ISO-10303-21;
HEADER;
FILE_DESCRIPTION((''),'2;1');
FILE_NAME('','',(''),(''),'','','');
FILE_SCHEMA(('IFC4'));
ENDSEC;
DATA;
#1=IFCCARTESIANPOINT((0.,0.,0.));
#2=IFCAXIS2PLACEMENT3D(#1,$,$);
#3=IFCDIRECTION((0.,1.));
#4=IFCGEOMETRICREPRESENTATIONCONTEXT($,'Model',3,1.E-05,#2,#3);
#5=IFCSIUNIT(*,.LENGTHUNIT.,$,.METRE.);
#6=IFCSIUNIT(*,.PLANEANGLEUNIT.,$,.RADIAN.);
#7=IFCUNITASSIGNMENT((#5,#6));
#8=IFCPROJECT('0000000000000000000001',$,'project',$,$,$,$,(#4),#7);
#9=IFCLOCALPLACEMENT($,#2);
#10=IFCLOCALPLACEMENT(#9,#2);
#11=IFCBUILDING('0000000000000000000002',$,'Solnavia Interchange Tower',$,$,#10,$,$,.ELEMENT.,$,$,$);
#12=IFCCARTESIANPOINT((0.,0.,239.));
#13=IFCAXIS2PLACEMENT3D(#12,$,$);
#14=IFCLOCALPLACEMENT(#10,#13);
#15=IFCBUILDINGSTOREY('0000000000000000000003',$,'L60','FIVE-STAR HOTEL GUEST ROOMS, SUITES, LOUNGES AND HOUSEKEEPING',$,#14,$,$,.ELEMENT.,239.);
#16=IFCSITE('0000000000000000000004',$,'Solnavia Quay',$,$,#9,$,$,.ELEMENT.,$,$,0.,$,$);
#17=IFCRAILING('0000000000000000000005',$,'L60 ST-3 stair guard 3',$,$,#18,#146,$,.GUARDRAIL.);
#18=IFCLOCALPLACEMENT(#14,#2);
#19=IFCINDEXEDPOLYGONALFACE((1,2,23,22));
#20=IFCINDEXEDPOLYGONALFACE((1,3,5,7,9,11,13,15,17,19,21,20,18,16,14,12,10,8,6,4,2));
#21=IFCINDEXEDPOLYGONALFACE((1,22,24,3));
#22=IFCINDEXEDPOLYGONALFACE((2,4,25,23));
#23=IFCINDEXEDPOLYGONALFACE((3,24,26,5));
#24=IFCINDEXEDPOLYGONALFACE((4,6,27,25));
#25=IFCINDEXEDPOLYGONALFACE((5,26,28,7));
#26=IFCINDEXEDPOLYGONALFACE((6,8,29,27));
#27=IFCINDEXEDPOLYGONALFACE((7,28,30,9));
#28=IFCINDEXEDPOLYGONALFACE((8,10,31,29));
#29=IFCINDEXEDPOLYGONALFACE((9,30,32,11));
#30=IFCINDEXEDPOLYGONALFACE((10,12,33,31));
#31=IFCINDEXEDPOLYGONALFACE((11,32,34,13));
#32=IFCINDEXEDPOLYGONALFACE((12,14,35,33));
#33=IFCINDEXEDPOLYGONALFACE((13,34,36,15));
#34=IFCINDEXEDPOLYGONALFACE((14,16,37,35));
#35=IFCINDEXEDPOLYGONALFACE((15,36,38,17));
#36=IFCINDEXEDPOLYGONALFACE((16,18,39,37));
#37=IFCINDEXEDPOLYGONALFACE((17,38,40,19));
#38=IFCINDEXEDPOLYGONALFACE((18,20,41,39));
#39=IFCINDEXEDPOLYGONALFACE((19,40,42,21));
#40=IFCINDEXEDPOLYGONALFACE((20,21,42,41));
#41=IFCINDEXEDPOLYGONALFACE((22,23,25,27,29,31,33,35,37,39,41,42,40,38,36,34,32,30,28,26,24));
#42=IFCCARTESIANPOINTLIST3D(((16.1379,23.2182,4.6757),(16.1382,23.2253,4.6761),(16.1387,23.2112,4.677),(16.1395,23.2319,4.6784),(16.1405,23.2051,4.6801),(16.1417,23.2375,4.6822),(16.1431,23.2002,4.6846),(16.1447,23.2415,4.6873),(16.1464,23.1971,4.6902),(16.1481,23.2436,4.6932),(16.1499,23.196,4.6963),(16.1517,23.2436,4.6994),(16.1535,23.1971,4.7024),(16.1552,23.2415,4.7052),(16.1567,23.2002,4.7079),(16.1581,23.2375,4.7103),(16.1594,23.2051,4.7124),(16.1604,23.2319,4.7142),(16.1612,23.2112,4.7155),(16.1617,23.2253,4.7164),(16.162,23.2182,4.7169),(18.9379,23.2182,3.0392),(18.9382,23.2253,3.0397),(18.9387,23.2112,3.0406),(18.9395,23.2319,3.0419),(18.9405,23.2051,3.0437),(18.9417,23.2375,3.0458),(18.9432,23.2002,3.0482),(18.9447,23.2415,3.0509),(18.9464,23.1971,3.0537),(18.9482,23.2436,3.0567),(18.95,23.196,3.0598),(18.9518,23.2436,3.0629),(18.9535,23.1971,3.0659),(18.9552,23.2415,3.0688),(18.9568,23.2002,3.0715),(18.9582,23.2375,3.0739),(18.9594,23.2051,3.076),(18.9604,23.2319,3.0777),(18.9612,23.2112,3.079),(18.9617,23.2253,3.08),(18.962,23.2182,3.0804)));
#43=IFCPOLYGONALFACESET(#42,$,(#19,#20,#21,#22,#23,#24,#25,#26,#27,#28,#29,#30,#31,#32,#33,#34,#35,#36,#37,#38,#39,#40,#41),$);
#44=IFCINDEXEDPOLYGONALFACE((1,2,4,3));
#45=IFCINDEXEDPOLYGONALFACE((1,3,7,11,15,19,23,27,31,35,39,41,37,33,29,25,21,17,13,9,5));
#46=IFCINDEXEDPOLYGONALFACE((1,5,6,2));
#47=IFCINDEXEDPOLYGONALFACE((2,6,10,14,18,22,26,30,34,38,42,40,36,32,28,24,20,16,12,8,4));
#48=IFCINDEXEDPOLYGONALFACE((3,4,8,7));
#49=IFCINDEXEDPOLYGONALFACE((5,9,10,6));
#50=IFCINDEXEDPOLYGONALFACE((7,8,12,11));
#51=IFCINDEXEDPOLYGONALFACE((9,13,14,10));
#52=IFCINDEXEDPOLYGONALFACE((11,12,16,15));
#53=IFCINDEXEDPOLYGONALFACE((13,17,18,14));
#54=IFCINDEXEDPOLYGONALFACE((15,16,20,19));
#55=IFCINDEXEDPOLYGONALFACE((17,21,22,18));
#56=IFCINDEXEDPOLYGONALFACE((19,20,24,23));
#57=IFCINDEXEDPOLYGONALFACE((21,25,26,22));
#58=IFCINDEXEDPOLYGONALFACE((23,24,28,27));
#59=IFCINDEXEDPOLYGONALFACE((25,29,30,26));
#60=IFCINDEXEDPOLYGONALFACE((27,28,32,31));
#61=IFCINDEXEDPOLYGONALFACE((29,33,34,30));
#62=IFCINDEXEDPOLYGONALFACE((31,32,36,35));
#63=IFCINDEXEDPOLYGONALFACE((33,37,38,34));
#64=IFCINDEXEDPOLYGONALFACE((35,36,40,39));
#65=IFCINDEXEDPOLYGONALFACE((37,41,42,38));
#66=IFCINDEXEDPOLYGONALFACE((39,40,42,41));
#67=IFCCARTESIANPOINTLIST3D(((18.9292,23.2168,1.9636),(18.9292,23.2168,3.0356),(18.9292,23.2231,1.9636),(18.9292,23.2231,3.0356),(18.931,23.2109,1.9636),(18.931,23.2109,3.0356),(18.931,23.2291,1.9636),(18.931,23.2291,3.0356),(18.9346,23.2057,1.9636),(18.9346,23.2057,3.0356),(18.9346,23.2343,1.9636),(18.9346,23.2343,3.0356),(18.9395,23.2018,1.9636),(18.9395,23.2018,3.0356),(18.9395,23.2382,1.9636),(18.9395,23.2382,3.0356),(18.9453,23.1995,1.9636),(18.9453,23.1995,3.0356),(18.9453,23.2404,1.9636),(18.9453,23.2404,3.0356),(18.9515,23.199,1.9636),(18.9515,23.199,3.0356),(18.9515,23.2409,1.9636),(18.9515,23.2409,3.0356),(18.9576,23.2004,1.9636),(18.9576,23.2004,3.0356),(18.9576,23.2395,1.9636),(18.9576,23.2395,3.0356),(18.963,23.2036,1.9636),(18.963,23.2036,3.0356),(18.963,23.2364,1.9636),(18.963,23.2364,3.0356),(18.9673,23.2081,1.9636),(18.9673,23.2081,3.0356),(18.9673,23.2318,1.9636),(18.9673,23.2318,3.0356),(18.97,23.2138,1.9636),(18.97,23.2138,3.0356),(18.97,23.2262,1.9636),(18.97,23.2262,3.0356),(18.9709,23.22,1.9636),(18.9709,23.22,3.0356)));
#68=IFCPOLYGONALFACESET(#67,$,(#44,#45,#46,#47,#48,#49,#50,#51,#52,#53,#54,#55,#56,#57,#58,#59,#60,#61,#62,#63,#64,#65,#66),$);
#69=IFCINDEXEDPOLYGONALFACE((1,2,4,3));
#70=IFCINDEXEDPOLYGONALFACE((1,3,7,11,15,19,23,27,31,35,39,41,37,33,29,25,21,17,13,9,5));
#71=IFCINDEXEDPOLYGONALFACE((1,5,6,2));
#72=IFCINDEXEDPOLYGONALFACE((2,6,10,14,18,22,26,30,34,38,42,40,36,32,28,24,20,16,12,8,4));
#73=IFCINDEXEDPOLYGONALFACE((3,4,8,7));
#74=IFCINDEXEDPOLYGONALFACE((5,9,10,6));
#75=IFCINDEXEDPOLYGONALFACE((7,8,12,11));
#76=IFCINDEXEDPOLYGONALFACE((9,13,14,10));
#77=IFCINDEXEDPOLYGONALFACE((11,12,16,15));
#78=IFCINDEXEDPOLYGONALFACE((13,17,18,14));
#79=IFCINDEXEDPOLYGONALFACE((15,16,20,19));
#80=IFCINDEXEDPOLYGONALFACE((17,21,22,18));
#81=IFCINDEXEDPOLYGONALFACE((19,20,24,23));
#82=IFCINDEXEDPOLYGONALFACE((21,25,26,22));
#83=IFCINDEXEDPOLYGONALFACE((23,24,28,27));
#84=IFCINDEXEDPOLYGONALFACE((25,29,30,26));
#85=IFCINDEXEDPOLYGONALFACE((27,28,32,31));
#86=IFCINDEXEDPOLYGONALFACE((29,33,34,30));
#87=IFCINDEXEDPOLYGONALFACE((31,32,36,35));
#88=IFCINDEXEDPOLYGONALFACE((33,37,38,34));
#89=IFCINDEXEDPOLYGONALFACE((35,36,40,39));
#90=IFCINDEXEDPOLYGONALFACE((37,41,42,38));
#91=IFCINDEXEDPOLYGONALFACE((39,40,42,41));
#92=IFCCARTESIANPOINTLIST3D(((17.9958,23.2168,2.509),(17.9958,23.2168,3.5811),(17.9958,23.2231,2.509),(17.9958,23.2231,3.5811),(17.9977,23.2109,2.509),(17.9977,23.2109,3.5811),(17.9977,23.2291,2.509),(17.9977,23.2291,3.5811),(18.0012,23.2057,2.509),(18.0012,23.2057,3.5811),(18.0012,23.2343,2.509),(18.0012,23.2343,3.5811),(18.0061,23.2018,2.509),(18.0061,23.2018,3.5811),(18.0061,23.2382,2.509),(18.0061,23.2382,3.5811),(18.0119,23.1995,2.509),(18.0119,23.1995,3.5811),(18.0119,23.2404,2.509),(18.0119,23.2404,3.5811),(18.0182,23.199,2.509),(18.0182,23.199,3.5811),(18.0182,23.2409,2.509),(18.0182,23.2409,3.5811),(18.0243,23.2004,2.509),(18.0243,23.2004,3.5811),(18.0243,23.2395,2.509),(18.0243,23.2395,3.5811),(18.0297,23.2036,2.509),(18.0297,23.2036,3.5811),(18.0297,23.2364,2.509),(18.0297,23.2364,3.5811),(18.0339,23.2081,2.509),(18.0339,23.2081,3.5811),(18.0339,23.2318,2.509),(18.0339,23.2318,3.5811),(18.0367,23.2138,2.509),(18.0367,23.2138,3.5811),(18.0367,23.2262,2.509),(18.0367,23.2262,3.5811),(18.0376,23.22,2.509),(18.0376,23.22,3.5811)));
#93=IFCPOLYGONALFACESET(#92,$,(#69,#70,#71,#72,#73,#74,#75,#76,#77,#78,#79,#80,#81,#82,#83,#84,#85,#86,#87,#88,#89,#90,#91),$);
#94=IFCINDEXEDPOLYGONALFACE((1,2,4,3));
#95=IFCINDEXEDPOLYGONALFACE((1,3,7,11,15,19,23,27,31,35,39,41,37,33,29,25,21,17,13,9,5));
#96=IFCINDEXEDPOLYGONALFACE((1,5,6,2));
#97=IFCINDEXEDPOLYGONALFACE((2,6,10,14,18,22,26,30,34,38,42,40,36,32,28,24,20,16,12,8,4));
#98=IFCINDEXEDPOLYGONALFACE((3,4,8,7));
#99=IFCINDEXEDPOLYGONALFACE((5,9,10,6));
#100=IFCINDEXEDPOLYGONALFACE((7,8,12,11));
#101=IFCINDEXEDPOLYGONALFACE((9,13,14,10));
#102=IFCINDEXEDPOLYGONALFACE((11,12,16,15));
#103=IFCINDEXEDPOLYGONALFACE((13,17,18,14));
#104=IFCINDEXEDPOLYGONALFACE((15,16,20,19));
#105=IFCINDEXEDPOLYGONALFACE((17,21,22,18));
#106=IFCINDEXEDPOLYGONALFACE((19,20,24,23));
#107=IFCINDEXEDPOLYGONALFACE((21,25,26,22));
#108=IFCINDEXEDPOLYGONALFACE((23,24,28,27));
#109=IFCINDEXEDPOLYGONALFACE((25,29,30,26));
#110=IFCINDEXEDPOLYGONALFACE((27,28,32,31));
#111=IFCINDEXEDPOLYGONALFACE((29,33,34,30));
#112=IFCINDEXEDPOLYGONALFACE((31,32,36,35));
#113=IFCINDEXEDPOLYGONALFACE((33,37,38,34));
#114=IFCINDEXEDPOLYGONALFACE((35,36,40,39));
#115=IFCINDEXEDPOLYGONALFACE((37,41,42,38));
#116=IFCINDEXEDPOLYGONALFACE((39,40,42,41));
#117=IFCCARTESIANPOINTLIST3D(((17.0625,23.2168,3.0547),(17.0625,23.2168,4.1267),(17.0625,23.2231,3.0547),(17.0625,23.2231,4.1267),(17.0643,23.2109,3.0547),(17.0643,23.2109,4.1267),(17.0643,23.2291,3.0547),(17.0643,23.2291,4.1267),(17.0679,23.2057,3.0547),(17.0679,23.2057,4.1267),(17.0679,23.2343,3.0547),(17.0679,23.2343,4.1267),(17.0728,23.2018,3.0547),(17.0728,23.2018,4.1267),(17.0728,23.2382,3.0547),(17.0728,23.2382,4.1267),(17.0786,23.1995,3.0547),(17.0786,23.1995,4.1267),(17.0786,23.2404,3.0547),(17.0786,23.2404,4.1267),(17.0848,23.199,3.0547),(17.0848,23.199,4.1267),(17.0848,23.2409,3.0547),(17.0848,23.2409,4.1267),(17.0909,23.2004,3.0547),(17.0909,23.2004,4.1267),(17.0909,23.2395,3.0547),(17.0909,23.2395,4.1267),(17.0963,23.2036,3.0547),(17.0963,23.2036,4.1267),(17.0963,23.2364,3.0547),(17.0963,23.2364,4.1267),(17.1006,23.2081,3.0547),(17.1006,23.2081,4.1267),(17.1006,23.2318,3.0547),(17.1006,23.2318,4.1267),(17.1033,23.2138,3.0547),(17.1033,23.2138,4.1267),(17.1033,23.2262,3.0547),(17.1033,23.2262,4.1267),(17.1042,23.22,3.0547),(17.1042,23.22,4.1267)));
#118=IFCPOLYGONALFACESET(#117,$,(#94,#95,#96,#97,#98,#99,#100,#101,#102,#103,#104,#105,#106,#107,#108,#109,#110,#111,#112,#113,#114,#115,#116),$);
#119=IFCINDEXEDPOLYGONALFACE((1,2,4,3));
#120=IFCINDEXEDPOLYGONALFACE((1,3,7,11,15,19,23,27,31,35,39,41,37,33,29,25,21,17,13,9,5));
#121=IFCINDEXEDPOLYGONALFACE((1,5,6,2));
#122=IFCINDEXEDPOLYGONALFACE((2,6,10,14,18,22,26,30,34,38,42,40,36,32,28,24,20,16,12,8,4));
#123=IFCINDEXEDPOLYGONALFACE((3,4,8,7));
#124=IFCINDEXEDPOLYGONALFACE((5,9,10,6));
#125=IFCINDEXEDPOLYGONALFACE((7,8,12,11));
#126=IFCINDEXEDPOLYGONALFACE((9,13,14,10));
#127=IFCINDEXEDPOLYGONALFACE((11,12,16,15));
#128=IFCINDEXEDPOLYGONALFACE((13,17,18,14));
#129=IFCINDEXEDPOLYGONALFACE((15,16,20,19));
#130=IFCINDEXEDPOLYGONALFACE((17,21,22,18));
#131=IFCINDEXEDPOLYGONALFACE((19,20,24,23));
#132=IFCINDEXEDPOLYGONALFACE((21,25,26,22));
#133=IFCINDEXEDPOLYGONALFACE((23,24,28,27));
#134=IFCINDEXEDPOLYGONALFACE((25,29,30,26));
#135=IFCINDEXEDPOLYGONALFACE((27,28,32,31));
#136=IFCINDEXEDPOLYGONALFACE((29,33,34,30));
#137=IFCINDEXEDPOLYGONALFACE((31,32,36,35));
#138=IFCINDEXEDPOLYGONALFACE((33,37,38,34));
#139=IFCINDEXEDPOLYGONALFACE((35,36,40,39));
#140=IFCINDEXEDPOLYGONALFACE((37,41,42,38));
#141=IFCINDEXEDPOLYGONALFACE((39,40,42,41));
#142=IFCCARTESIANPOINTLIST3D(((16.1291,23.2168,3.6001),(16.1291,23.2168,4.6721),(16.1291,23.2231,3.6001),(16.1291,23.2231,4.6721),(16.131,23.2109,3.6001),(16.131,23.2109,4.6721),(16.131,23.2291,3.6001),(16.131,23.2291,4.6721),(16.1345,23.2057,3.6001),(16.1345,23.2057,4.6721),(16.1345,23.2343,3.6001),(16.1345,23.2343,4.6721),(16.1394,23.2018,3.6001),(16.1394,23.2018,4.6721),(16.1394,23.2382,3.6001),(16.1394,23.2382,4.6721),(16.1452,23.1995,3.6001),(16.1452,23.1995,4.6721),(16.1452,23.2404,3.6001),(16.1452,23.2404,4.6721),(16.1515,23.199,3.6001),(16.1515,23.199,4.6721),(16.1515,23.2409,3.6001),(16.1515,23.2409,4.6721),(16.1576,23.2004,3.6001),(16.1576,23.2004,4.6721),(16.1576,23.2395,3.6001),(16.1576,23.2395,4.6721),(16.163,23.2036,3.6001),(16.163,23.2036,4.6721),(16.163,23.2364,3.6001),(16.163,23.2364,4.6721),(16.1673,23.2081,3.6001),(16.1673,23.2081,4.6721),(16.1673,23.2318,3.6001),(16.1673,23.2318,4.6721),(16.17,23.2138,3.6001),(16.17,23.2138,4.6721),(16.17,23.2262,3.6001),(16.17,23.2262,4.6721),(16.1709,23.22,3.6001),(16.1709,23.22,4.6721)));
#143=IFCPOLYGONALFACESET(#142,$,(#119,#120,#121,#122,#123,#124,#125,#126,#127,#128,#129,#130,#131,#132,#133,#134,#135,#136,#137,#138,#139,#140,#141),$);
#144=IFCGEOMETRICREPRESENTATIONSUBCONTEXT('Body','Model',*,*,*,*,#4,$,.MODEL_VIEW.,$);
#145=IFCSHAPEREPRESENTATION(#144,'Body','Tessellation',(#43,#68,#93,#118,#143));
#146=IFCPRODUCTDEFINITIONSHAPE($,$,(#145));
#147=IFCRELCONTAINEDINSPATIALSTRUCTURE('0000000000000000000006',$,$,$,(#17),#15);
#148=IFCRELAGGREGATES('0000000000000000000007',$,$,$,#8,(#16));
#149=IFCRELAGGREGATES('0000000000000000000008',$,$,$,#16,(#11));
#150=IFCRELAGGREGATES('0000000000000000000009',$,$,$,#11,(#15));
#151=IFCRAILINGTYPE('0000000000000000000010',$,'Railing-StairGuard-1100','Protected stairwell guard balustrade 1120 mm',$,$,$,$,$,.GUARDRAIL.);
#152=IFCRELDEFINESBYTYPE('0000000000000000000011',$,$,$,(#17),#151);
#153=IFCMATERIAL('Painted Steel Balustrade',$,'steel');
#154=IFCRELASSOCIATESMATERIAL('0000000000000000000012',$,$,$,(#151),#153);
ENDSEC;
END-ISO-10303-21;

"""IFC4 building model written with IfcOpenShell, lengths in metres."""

from ifc_helpers import new_model, si_unit, direction, frame, origin, origin_2d, place, context, subcontext, project, spatial, circle, extrude, material, type_object, element, save


model = new_model("IFC4")

# Units and contexts
model_context = context("Model", 3, precision=1e-05, world=origin(), true_north=direction((0.0, 1.0)))
body_context = subcontext(model_context, "Body", "Model", "MODEL_VIEW")
ifc_project = project(units=[si_unit("LENGTHUNIT", "METRE"), si_unit("PLANEANGLEUNIT", "RADIAN")], contexts=[model_context])

# Site, building, storey
site_placement = place(None, origin())
site = spatial("IfcSite", under=ifc_project, at=site_placement, Name="Solnavia Quay", CompositionType="ELEMENT", RefElevation=0.0)
building_placement = place(site_placement, origin())
building = spatial("IfcBuilding", under=site, at=building_placement, Name="Solnavia Interchange Tower", CompositionType="ELEMENT")
storey_placement = place(building_placement, frame((0.0, 0.0, 239.0)))
storey = spatial("IfcBuildingStorey", under=building, at=storey_placement, Name="L60", Description="FIVE-STAR HOTEL GUEST ROOMS, SUITES, LOUNGES AND HOUSEKEEPING", CompositionType="ELEMENT", Elevation=239.0)

# Railing
ifc_material_1 = material(Name="Painted Steel Balustrade", Category="steel")
railing_type = type_object("IfcRailingType", Name="Railing-StairGuard-1100", Description="Protected stairwell guard balustrade 1120 mm", PredefinedType="GUARDRAIL", material=ifc_material_1)
railing_1_placement = place(storey_placement, frame((18.95, 23.22, 1.9636)))
element("IfcRailing", 1, at=railing_1_placement, inside=storey, type_object=railing_type, Name="L60 ST-3 stair guard 3", PredefinedType="GUARDRAIL", context=body_context, shape_type="SweptSolid", body=[
    extrude(circle(Radius=0.0239, at=origin_2d()), frame((0.0, 0.0, 1.0962), z_axis=(-0.863361, 0.0, 0.504587), x_axis=(0.0, -1.0, 0.0)), (0.0, 0.0, 1.0), 3.2432),
    extrude(circle(Radius=0.021, at=origin_2d()), origin(), (0.0, 0.0, 1.0), 1.072),
    extrude(circle(Radius=0.021, at=origin_2d()), frame((-0.9333, 0.0, 0.5454)), (0.0, 0.0, 1.0), 1.072),
    extrude(circle(Radius=0.021, at=origin_2d()), frame((-1.8667, 0.0, 1.0911)), (0.0, 0.0, 1.0), 1.072),
    extrude(circle(Radius=0.021, at=origin_2d()), frame((-2.8, 0.0, 1.6365)), (0.0, 0.0, 1.0), 1.072),
])

save(model, "model.ifc")
